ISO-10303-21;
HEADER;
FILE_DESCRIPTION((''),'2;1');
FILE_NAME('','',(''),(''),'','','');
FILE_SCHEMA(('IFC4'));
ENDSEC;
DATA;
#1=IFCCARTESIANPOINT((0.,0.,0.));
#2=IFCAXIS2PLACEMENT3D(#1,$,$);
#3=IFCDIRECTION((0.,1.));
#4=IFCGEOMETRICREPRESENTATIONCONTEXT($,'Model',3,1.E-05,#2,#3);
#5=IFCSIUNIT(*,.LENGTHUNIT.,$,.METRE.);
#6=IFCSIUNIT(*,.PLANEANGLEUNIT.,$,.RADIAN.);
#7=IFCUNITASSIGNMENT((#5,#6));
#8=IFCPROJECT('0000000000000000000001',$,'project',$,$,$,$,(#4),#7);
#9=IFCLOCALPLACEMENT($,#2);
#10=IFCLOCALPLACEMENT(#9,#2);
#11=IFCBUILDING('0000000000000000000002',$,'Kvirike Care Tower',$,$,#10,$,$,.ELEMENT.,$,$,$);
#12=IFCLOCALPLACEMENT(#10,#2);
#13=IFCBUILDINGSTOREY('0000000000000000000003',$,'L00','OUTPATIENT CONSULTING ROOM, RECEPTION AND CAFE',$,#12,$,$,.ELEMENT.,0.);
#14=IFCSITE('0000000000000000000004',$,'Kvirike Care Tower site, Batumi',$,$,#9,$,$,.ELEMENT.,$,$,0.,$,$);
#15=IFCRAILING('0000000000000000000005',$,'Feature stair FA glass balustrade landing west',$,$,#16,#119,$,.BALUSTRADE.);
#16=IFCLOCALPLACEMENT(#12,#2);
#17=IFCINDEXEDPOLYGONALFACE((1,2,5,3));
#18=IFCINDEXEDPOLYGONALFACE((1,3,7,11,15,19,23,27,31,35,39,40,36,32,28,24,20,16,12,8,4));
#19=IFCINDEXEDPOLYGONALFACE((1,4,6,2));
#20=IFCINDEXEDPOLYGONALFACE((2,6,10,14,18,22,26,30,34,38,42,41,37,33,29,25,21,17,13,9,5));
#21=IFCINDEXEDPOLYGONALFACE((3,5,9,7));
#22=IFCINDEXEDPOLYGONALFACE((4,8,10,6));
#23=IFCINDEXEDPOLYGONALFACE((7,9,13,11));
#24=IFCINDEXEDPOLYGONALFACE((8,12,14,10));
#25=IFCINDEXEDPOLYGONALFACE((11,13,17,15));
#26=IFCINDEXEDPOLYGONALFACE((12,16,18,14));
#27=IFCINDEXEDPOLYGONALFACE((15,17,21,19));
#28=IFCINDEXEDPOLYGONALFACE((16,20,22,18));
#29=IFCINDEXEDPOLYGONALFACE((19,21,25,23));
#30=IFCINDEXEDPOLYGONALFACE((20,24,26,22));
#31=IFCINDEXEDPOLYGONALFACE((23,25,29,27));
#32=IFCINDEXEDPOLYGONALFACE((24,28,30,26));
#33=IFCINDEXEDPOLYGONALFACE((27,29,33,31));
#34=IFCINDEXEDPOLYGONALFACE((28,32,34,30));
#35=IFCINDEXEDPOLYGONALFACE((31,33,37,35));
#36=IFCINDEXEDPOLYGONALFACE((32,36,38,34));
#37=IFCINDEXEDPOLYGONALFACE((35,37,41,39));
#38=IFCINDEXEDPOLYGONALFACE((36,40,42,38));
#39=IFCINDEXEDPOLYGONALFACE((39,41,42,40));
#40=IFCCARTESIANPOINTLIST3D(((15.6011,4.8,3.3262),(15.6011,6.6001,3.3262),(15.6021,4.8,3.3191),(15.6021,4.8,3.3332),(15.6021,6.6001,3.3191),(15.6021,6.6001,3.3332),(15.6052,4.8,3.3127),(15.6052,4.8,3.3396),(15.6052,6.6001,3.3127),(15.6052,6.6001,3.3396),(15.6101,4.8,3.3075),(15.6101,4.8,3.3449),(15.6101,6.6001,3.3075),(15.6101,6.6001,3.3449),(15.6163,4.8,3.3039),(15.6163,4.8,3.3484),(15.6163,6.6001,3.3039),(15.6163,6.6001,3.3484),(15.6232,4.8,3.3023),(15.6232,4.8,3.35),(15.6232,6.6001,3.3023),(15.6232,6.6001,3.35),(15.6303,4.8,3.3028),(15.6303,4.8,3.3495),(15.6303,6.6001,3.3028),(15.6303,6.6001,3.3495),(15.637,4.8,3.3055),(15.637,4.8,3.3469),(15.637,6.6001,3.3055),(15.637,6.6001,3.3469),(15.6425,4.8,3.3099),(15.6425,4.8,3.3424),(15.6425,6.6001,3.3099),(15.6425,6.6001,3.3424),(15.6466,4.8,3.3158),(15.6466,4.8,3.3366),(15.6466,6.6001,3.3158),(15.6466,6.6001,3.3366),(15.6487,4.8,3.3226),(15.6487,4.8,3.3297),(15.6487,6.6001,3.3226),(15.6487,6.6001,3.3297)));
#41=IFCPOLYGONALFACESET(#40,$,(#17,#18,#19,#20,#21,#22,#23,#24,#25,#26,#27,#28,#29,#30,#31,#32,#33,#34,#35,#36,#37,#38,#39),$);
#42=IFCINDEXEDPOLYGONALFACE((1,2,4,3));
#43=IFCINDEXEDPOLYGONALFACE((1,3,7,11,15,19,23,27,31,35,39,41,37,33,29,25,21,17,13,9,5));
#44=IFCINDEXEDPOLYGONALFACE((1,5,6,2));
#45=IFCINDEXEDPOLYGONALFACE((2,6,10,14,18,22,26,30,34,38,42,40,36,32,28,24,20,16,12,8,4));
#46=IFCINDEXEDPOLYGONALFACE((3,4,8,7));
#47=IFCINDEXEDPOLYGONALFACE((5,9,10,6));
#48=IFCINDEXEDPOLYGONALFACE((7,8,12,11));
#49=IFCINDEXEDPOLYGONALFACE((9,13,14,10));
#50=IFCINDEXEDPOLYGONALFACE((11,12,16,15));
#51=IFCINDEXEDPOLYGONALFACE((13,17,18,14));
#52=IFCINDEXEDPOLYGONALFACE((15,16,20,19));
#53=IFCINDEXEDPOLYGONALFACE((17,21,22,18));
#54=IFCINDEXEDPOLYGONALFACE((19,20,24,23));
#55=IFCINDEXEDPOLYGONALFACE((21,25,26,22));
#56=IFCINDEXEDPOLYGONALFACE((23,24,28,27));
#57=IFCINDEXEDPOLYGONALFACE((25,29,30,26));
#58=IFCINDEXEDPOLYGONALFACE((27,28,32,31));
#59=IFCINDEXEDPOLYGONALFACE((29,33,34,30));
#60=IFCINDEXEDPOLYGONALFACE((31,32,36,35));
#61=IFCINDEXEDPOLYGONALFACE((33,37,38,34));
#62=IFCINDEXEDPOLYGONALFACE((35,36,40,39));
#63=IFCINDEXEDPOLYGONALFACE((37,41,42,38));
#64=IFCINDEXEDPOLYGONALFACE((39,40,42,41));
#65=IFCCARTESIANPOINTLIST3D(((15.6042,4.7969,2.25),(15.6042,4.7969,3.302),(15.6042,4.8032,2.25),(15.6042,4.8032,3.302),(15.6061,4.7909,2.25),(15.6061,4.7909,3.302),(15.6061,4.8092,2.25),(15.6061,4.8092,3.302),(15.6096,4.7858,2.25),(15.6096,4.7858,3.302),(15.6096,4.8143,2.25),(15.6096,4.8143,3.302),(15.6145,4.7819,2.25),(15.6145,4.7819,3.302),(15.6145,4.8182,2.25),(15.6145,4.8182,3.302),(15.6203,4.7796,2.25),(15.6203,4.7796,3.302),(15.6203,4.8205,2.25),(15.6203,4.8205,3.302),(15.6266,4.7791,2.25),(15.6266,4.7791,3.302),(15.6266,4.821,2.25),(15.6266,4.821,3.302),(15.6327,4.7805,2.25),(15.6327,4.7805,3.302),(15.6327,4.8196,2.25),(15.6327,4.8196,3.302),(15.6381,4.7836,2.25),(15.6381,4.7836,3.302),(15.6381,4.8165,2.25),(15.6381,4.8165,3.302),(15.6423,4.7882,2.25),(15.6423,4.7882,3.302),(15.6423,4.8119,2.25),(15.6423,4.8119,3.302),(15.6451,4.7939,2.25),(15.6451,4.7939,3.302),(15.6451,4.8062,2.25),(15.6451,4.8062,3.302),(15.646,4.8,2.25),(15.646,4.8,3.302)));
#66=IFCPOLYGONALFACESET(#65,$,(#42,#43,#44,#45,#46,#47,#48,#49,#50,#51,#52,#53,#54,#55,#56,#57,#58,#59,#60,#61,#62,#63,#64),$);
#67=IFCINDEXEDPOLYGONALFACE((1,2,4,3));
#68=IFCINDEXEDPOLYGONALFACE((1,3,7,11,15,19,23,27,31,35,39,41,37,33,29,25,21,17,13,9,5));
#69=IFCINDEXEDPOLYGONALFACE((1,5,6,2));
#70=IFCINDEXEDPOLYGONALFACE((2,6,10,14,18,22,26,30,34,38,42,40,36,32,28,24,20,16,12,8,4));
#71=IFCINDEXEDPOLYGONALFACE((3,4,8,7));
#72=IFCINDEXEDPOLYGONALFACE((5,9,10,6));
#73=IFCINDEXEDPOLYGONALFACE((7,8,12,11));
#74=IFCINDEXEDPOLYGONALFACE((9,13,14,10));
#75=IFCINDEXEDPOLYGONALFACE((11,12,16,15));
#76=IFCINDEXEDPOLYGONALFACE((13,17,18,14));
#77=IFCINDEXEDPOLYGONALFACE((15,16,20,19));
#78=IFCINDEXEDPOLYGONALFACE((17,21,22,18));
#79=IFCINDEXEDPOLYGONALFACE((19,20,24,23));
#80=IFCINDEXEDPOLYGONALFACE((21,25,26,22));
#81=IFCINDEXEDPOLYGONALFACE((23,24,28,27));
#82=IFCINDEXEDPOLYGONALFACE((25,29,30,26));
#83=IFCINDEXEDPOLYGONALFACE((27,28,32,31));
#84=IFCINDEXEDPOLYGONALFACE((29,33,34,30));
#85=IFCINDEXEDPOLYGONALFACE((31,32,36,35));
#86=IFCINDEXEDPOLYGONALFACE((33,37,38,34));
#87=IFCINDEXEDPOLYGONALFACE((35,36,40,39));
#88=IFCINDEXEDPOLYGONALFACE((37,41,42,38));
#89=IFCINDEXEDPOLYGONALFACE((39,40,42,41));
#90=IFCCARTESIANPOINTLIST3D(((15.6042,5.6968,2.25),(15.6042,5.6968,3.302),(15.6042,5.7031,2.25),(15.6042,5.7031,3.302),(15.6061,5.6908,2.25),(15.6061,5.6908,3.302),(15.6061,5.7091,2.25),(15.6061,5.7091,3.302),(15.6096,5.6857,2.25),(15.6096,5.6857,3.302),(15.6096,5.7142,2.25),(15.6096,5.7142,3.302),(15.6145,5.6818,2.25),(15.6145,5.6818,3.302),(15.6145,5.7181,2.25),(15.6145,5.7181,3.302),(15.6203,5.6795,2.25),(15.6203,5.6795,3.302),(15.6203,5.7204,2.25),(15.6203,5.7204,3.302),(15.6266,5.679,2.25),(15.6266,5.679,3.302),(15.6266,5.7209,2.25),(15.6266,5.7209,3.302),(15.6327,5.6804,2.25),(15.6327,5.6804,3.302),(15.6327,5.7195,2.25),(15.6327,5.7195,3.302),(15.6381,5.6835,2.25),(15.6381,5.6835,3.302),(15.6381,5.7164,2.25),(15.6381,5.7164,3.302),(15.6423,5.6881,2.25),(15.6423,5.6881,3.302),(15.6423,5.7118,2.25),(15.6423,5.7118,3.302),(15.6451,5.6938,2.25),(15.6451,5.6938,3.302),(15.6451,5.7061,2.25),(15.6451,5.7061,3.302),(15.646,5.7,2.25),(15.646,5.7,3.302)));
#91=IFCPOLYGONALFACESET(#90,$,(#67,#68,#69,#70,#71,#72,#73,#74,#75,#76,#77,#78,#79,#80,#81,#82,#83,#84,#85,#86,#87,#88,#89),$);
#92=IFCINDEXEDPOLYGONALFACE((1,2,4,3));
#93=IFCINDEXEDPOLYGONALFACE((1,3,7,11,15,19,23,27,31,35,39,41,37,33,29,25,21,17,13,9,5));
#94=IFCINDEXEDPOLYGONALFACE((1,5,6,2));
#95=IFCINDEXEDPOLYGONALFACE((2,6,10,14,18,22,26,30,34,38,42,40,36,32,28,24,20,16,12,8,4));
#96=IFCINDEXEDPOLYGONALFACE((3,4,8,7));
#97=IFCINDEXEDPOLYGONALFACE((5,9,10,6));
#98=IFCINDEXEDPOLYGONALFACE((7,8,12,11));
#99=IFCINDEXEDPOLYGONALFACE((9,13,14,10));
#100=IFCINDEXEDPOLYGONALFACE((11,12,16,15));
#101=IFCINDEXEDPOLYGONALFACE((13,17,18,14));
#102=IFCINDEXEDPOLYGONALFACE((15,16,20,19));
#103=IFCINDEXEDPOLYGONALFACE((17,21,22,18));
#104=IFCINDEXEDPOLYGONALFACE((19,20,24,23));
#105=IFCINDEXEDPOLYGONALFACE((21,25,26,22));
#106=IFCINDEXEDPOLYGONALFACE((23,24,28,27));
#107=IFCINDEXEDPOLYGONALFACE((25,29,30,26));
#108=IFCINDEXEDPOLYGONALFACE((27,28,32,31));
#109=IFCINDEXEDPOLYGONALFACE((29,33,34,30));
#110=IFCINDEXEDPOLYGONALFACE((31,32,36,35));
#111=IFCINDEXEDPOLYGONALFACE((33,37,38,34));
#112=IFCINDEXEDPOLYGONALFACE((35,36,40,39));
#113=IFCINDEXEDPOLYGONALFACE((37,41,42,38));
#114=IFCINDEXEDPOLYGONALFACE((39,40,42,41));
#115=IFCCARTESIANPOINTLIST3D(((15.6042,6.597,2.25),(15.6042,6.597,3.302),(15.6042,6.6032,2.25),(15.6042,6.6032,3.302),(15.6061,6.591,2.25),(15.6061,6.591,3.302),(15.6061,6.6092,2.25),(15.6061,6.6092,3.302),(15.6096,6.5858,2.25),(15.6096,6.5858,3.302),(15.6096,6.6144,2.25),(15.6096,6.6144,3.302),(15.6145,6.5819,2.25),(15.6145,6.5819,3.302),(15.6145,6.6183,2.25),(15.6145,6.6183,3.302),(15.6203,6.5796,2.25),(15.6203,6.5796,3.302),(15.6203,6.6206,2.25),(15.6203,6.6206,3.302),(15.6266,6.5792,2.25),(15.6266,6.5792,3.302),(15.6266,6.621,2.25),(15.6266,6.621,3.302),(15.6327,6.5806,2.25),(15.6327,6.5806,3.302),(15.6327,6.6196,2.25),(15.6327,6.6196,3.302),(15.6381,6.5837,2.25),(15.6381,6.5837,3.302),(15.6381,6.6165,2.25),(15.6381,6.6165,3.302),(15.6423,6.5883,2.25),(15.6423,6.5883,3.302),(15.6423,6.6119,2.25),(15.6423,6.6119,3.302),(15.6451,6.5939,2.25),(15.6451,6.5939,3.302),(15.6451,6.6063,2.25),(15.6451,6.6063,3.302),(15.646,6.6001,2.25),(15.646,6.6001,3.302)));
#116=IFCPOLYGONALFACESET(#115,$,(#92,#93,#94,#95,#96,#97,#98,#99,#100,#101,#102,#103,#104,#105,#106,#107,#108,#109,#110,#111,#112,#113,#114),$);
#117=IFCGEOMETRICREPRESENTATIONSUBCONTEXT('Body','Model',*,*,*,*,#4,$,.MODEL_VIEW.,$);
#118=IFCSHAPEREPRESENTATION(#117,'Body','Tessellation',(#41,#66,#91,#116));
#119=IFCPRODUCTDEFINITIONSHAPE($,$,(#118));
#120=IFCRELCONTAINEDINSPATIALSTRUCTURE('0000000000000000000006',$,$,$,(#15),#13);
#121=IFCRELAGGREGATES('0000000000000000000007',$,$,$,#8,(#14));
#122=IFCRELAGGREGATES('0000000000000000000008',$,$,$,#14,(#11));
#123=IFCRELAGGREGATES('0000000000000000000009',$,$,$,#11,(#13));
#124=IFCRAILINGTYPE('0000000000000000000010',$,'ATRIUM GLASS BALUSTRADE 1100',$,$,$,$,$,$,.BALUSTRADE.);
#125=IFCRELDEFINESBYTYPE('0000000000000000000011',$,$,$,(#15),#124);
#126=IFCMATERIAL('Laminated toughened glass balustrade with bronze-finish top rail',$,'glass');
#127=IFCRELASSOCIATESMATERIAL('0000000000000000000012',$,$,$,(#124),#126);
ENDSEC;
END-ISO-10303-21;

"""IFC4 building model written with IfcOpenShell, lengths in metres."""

from ifc_helpers import new_model, si_unit, direction, frame, origin, origin_2d, place, context, subcontext, project, spatial, circle, extrude, material, type_object, element, save


model = new_model("IFC4")

# Units and contexts
model_context = context("Model", 3, precision=1e-05, world=origin(), true_north=direction((0.0, 1.0)))
body_context = subcontext(model_context, "Body", "Model", "MODEL_VIEW")
ifc_project = project(units=[si_unit("LENGTHUNIT", "METRE"), si_unit("PLANEANGLEUNIT", "RADIAN")], contexts=[model_context])

# Site, building, storey
site_placement = place(None, origin())
site = spatial("IfcSite", under=ifc_project, at=site_placement, Name="Kvirike Care Tower site, Batumi", CompositionType="ELEMENT", RefElevation=0.0)
building_placement = place(site_placement, origin())
building = spatial("IfcBuilding", under=site, at=building_placement, Name="Kvirike Care Tower", CompositionType="ELEMENT")
storey_placement = place(building_placement, origin())
storey = spatial("IfcBuildingStorey", under=building, at=storey_placement, Name="L00", Description="OUTPATIENT CONSULTING ROOM, RECEPTION AND CAFE", CompositionType="ELEMENT", Elevation=0.0)

# Railing
ifc_material_1 = material(Name="Laminated toughened glass balustrade with bronze-finish top rail", Category="glass")
railing_type_1 = type_object("IfcRailingType", Name="ATRIUM GLASS BALUSTRADE 1100", PredefinedType="BALUSTRADE", material=ifc_material_1)
railing_1_placement = place(storey_placement, frame((15.625, 4.8, 2.25)))
element("IfcRailing", 1, at=railing_1_placement, inside=storey, type_object=railing_type_1, Name="Feature stair FA glass balustrade landing west", PredefinedType="BALUSTRADE", context=body_context, shape_type="SweptSolid", body=[
    extrude(circle(Radius=0.0239, at=origin_2d()), frame((0.0, 0.0, 1.0762), z_axis=(0.0, 1.0, 0.0), x_axis=(-1.0, 0.0, 0.0)), (0.0, 0.0, 1.0), 1.8),
    extrude(circle(Radius=0.021, at=origin_2d()), origin(), (0.0, 0.0, 1.0), 1.052),
    extrude(circle(Radius=0.021, at=origin_2d()), frame((0.0, 0.8999, 0.0)), (0.0, 0.0, 1.0), 1.052),
    extrude(circle(Radius=0.021, at=origin_2d()), frame((0.0, 1.8, 0.0)), (0.0, 0.0, 1.0), 1.052),
])

save(model, "model.ifc")
